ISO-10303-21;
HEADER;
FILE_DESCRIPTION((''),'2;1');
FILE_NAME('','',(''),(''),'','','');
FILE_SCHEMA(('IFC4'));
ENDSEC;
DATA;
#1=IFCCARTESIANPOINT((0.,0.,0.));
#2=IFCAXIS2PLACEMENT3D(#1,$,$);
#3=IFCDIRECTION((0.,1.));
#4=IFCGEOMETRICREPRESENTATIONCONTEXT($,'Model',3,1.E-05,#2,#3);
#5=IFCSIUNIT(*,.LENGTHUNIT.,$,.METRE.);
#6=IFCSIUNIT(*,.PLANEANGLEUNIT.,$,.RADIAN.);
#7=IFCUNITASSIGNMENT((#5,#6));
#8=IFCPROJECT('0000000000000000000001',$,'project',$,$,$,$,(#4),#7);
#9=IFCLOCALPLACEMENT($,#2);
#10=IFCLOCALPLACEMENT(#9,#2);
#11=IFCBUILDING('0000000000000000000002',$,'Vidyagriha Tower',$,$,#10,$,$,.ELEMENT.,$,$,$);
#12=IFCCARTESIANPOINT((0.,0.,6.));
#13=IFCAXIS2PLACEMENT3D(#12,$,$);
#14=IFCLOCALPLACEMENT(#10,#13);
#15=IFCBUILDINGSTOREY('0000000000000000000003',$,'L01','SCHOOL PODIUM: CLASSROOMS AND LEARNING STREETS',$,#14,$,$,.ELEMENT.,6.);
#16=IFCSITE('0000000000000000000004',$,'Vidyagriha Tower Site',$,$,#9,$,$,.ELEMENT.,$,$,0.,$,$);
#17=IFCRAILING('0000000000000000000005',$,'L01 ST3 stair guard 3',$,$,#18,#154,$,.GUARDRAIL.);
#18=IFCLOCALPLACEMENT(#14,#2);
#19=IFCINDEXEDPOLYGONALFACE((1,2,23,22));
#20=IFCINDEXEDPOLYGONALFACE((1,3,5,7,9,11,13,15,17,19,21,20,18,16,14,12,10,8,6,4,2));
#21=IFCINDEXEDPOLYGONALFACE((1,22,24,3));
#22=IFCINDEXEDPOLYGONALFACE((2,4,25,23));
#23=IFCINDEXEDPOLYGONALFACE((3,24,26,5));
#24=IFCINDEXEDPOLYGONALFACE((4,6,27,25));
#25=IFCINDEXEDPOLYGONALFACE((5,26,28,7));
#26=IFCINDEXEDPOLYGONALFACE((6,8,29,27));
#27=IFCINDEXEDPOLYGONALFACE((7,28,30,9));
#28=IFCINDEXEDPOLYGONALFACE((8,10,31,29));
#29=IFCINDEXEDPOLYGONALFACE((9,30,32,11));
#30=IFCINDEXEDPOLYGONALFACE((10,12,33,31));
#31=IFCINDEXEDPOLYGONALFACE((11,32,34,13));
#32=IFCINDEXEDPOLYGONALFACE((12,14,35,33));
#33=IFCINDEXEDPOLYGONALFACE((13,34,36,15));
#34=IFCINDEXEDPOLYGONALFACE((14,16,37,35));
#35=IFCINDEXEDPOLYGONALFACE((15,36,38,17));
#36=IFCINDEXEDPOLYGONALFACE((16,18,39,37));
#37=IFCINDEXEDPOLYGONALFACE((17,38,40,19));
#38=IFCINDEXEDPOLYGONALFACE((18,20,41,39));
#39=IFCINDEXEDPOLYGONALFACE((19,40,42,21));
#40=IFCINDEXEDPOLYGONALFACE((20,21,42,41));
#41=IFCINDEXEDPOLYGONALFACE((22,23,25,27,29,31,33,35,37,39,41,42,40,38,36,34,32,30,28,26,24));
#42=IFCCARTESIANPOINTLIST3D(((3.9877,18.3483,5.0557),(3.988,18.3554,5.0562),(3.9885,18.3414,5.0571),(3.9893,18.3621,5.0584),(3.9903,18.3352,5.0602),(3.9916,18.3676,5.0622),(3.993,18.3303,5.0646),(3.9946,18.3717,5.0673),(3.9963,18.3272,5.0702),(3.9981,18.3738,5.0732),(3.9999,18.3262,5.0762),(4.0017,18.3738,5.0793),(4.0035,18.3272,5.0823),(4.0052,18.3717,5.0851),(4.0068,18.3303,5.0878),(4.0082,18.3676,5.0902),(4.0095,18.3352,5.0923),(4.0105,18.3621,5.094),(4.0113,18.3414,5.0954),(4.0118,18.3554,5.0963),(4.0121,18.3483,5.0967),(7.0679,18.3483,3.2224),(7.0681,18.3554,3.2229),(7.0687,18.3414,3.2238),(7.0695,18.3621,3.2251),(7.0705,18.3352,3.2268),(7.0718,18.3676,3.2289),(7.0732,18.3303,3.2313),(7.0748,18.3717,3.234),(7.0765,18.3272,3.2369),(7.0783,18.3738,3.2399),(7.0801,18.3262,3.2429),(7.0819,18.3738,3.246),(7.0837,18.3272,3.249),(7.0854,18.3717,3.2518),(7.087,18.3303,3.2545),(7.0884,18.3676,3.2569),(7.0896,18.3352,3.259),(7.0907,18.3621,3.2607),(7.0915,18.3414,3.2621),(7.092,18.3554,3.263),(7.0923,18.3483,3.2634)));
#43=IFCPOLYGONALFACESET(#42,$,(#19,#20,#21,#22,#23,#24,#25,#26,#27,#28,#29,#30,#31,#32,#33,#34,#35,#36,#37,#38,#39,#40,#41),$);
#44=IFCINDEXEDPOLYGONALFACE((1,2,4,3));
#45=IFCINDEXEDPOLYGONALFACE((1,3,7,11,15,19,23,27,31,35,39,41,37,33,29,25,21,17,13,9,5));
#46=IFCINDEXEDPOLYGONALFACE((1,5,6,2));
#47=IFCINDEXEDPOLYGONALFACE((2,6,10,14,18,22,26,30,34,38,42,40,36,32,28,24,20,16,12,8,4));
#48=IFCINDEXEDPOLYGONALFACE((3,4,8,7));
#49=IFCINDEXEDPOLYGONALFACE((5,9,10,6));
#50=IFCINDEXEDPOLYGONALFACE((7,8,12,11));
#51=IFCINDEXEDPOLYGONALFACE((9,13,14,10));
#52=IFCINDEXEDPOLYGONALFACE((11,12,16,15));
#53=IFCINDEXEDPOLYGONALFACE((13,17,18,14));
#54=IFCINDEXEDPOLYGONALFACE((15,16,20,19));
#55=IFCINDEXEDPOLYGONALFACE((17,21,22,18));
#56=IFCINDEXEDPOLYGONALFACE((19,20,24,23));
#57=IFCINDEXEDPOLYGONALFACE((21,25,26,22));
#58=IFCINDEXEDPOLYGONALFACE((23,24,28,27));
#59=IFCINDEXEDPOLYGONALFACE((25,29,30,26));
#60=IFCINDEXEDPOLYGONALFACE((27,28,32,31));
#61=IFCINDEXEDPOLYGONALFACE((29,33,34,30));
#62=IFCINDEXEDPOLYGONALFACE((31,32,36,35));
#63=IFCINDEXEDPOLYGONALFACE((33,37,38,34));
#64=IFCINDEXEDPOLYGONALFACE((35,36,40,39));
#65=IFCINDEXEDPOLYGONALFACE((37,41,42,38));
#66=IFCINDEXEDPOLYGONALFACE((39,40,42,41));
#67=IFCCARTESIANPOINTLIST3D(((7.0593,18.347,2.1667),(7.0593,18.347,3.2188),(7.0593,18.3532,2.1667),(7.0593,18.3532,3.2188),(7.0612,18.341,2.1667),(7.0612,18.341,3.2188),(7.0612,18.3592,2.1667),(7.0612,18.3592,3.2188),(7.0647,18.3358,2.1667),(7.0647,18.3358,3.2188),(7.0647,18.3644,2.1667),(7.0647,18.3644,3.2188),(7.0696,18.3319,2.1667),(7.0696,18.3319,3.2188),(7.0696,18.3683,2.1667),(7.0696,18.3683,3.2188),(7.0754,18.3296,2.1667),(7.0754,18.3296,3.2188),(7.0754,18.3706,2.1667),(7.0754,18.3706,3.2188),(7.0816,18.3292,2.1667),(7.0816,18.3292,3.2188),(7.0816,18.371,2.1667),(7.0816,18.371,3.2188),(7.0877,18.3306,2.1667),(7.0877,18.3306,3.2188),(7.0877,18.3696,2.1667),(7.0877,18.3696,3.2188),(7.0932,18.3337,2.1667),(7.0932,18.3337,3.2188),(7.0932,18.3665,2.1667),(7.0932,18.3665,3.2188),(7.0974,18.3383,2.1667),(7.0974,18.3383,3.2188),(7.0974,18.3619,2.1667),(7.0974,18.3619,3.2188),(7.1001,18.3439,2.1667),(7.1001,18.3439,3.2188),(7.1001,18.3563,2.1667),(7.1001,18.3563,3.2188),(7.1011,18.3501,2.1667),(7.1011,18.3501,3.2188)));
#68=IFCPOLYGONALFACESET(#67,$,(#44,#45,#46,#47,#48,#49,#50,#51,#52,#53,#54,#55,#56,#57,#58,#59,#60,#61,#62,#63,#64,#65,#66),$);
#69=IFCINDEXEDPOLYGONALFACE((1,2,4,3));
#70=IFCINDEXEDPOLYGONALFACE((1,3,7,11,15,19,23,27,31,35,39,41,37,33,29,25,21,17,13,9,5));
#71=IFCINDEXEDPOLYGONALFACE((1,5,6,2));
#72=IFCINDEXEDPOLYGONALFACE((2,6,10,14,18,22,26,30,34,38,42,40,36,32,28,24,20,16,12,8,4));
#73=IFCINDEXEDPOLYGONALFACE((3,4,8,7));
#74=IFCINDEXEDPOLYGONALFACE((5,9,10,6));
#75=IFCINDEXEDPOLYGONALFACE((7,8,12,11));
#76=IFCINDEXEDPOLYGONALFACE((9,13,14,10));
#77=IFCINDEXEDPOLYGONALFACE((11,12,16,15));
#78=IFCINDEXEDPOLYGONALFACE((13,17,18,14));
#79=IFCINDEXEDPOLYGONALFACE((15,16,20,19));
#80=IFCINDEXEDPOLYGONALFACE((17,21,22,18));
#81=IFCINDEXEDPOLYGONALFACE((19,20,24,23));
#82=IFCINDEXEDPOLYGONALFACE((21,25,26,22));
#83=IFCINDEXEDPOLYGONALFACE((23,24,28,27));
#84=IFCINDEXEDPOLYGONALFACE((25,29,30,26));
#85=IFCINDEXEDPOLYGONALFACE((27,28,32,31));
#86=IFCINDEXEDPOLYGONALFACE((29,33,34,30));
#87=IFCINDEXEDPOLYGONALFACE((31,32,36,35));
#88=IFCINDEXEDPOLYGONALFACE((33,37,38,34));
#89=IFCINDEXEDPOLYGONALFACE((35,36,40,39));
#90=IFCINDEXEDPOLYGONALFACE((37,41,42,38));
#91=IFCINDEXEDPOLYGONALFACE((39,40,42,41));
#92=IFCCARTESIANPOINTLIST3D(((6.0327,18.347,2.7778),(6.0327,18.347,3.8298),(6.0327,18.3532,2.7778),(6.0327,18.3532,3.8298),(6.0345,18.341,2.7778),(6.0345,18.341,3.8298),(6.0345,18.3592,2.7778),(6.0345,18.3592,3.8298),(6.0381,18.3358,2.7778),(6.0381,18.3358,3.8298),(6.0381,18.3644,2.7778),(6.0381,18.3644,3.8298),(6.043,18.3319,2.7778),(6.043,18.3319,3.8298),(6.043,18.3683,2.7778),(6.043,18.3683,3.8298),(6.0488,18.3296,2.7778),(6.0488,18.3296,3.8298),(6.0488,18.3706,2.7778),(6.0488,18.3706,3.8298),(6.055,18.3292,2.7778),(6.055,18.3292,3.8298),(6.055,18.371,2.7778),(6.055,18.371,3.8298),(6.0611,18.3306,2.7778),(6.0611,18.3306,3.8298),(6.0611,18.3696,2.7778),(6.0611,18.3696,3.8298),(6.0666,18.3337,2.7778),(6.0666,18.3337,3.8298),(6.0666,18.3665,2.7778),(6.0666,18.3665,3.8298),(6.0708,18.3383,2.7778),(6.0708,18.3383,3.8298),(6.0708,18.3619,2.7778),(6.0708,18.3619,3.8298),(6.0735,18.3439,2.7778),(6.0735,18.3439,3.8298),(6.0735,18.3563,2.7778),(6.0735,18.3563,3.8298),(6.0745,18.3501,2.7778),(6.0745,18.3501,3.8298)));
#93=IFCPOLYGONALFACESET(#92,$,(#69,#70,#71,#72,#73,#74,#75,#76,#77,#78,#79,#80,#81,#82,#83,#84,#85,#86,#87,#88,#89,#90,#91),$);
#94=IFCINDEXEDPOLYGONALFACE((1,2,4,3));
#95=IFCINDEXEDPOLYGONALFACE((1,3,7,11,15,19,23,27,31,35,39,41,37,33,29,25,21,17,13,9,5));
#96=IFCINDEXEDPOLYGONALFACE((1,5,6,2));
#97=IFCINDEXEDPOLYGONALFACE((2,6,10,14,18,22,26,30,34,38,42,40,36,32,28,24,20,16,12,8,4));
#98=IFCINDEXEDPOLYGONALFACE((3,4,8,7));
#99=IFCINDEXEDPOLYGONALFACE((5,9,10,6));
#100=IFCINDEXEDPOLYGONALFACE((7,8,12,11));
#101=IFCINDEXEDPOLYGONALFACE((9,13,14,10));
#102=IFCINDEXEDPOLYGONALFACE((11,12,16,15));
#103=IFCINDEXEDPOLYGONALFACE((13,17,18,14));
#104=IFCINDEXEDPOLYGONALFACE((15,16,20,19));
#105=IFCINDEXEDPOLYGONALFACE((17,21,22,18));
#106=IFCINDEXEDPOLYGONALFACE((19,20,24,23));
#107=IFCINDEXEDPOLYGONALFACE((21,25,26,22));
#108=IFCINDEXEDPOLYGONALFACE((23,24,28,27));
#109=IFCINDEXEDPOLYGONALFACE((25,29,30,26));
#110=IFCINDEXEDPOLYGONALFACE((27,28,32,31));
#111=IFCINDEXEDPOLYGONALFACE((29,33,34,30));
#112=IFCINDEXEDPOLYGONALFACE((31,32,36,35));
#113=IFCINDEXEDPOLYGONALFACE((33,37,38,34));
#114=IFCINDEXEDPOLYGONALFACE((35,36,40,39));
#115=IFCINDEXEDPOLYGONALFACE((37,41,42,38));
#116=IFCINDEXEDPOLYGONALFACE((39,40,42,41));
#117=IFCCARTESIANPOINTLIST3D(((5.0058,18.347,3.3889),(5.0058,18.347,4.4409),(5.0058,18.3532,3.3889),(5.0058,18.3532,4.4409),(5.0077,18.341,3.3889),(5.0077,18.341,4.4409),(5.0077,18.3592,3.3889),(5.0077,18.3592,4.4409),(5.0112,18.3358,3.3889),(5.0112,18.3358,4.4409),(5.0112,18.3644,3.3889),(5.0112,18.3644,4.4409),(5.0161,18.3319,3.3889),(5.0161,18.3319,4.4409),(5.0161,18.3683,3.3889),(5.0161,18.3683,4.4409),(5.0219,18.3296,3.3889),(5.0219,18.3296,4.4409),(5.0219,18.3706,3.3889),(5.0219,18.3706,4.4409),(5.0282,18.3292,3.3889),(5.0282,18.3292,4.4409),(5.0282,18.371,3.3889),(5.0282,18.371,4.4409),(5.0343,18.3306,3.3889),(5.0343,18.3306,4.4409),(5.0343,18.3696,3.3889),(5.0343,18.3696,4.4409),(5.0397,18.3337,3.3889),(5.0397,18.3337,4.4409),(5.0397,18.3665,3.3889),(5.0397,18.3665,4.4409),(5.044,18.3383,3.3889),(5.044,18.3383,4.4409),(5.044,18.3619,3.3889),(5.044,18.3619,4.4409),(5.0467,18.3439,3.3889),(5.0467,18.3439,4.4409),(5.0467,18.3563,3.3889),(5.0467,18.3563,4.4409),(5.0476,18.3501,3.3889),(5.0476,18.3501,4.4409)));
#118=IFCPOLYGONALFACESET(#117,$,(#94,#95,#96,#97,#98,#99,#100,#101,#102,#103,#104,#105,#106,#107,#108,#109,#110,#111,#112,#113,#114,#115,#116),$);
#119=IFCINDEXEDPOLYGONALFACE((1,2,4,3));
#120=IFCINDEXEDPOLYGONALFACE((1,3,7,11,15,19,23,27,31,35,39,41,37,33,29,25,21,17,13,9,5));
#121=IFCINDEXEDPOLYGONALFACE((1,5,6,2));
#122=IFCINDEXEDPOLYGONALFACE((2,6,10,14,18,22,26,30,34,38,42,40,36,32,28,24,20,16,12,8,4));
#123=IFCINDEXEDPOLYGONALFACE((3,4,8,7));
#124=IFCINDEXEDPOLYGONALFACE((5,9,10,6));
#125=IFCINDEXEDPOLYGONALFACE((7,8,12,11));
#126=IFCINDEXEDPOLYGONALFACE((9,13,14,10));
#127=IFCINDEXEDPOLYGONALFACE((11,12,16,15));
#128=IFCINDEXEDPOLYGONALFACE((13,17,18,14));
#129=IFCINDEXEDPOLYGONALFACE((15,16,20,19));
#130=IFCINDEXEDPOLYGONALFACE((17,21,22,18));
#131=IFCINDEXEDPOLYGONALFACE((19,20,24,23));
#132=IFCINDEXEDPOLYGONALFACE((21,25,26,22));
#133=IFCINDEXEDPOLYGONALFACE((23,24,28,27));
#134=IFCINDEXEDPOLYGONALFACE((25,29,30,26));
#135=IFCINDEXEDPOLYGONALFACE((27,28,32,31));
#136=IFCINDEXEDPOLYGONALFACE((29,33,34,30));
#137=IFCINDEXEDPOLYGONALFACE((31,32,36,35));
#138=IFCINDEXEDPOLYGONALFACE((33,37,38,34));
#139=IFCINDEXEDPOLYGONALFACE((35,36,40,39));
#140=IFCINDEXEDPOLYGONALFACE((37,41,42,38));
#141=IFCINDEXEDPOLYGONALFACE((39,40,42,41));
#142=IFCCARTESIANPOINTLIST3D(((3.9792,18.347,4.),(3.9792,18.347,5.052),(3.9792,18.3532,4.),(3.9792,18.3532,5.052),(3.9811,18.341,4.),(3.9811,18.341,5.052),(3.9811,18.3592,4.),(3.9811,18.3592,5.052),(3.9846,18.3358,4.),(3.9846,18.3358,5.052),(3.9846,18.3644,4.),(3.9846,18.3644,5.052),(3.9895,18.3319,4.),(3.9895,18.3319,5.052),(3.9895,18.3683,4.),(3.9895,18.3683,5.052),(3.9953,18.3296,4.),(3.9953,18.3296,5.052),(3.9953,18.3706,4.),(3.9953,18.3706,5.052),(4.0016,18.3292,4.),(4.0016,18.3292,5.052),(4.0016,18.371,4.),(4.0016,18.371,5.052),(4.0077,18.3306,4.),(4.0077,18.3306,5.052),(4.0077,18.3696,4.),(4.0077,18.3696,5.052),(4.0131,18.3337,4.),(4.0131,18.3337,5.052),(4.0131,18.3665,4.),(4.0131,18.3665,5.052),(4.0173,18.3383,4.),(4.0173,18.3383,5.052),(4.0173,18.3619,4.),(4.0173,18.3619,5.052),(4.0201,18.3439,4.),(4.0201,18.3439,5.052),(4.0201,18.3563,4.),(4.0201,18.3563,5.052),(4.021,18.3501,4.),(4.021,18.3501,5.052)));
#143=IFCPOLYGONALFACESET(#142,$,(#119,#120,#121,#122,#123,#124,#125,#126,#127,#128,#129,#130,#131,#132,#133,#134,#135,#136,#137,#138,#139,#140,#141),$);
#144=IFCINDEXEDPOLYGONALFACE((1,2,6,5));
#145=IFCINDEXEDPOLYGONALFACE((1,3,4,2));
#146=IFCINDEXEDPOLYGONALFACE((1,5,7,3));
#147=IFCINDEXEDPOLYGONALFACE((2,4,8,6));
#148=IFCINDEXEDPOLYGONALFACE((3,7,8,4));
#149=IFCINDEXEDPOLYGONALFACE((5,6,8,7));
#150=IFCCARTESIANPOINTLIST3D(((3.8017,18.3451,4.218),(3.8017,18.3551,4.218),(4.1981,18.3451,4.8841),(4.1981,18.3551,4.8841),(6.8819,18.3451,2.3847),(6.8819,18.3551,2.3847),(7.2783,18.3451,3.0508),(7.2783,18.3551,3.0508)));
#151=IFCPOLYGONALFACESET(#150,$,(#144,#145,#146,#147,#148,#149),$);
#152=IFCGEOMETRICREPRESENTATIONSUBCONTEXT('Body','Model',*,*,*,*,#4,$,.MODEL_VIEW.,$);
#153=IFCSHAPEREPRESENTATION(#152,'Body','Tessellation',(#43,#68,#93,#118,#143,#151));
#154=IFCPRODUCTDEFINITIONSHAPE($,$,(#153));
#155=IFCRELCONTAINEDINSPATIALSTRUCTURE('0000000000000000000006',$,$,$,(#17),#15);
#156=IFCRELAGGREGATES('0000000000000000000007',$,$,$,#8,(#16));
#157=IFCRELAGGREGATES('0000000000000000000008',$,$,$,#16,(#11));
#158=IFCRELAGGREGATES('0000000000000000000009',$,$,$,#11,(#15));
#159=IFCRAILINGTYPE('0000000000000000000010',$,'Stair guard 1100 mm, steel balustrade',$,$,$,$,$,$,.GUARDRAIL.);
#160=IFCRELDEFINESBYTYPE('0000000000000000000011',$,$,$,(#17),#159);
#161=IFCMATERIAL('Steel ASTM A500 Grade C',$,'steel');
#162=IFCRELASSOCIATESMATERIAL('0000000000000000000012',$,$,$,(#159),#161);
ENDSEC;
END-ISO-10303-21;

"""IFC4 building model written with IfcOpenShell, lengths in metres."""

from ifc_helpers import new_model, si_unit, direction, frame, origin, origin_2d, place, context, subcontext, project, spatial, rectangle, circle, extrude, material, type_object, element, save


model = new_model("IFC4")

# Units and contexts
model_context = context("Model", 3, precision=1e-05, world=origin(), true_north=direction((0.0, 1.0)))
body_context = subcontext(model_context, "Body", "Model", "MODEL_VIEW")
ifc_project = project(units=[si_unit("LENGTHUNIT", "METRE"), si_unit("PLANEANGLEUNIT", "RADIAN")], contexts=[model_context])

# Site, building, storey
site_placement = place(None, origin())
site = spatial("IfcSite", under=ifc_project, at=site_placement, Name="Vidyagriha Tower Site", CompositionType="ELEMENT", RefElevation=0.0)
building_placement = place(site_placement, origin())
building = spatial("IfcBuilding", under=site, at=building_placement, Name="Vidyagriha Tower", CompositionType="ELEMENT")
storey_placement = place(building_placement, frame((0.0, 0.0, 6.0)))
storey = spatial("IfcBuildingStorey", under=building, at=storey_placement, Name="L01", Description="SCHOOL PODIUM: CLASSROOMS AND LEARNING STREETS", CompositionType="ELEMENT", Elevation=6.0)

# Railing
ifc_material_1 = material(Name="Steel ASTM A500 Grade C", Category="steel")
railing_type_1 = type_object("IfcRailingType", Name="Stair guard 1100 mm, steel balustrade", PredefinedType="GUARDRAIL", material=ifc_material_1)
railing_1_placement = place(storey_placement, frame((7.0801, 18.3501, 2.1667)))
element("IfcRailing", 1, at=railing_1_placement, inside=storey, type_object=railing_type_1, Name="L01 ST3 stair guard 3", PredefinedType="GUARDRAIL", context=body_context, shape_type="SweptSolid", body=[
    extrude(circle(Radius=0.0239, at=origin_2d()), frame((0.0, 0.0, 1.0762), z_axis=(-0.859309, 0.0, 0.511458), x_axis=(0.0, -1.0, 0.0)), (0.0, 0.0, 1.0), 3.5845),
    extrude(circle(Radius=0.021, at=origin_2d()), origin(), (0.0, 0.0, 1.0), 1.052),
    extrude(circle(Radius=0.021, at=origin_2d()), frame((-1.0266, 0.0, 0.6111)), (0.0, 0.0, 1.0), 1.052),
    extrude(circle(Radius=0.021, at=origin_2d()), frame((-2.0535, 0.0, 1.2222)), (0.0, 0.0, 1.0), 1.052),
    extrude(circle(Radius=0.021, at=origin_2d()), frame((-3.0801, 0.0, 1.8333)), (0.0, 0.0, 1.0), 1.052),
    extrude(rectangle(XDim=0.01, YDim=0.7751, at=origin_2d()), frame((0.0, 0.0, 0.551), z_axis=(-0.859309, 0.0, 0.511458), x_axis=(0.0, -1.0, 0.0)), (0.0, 0.0, 1.0), 3.5845),
])

save(model, "model.ifc")
